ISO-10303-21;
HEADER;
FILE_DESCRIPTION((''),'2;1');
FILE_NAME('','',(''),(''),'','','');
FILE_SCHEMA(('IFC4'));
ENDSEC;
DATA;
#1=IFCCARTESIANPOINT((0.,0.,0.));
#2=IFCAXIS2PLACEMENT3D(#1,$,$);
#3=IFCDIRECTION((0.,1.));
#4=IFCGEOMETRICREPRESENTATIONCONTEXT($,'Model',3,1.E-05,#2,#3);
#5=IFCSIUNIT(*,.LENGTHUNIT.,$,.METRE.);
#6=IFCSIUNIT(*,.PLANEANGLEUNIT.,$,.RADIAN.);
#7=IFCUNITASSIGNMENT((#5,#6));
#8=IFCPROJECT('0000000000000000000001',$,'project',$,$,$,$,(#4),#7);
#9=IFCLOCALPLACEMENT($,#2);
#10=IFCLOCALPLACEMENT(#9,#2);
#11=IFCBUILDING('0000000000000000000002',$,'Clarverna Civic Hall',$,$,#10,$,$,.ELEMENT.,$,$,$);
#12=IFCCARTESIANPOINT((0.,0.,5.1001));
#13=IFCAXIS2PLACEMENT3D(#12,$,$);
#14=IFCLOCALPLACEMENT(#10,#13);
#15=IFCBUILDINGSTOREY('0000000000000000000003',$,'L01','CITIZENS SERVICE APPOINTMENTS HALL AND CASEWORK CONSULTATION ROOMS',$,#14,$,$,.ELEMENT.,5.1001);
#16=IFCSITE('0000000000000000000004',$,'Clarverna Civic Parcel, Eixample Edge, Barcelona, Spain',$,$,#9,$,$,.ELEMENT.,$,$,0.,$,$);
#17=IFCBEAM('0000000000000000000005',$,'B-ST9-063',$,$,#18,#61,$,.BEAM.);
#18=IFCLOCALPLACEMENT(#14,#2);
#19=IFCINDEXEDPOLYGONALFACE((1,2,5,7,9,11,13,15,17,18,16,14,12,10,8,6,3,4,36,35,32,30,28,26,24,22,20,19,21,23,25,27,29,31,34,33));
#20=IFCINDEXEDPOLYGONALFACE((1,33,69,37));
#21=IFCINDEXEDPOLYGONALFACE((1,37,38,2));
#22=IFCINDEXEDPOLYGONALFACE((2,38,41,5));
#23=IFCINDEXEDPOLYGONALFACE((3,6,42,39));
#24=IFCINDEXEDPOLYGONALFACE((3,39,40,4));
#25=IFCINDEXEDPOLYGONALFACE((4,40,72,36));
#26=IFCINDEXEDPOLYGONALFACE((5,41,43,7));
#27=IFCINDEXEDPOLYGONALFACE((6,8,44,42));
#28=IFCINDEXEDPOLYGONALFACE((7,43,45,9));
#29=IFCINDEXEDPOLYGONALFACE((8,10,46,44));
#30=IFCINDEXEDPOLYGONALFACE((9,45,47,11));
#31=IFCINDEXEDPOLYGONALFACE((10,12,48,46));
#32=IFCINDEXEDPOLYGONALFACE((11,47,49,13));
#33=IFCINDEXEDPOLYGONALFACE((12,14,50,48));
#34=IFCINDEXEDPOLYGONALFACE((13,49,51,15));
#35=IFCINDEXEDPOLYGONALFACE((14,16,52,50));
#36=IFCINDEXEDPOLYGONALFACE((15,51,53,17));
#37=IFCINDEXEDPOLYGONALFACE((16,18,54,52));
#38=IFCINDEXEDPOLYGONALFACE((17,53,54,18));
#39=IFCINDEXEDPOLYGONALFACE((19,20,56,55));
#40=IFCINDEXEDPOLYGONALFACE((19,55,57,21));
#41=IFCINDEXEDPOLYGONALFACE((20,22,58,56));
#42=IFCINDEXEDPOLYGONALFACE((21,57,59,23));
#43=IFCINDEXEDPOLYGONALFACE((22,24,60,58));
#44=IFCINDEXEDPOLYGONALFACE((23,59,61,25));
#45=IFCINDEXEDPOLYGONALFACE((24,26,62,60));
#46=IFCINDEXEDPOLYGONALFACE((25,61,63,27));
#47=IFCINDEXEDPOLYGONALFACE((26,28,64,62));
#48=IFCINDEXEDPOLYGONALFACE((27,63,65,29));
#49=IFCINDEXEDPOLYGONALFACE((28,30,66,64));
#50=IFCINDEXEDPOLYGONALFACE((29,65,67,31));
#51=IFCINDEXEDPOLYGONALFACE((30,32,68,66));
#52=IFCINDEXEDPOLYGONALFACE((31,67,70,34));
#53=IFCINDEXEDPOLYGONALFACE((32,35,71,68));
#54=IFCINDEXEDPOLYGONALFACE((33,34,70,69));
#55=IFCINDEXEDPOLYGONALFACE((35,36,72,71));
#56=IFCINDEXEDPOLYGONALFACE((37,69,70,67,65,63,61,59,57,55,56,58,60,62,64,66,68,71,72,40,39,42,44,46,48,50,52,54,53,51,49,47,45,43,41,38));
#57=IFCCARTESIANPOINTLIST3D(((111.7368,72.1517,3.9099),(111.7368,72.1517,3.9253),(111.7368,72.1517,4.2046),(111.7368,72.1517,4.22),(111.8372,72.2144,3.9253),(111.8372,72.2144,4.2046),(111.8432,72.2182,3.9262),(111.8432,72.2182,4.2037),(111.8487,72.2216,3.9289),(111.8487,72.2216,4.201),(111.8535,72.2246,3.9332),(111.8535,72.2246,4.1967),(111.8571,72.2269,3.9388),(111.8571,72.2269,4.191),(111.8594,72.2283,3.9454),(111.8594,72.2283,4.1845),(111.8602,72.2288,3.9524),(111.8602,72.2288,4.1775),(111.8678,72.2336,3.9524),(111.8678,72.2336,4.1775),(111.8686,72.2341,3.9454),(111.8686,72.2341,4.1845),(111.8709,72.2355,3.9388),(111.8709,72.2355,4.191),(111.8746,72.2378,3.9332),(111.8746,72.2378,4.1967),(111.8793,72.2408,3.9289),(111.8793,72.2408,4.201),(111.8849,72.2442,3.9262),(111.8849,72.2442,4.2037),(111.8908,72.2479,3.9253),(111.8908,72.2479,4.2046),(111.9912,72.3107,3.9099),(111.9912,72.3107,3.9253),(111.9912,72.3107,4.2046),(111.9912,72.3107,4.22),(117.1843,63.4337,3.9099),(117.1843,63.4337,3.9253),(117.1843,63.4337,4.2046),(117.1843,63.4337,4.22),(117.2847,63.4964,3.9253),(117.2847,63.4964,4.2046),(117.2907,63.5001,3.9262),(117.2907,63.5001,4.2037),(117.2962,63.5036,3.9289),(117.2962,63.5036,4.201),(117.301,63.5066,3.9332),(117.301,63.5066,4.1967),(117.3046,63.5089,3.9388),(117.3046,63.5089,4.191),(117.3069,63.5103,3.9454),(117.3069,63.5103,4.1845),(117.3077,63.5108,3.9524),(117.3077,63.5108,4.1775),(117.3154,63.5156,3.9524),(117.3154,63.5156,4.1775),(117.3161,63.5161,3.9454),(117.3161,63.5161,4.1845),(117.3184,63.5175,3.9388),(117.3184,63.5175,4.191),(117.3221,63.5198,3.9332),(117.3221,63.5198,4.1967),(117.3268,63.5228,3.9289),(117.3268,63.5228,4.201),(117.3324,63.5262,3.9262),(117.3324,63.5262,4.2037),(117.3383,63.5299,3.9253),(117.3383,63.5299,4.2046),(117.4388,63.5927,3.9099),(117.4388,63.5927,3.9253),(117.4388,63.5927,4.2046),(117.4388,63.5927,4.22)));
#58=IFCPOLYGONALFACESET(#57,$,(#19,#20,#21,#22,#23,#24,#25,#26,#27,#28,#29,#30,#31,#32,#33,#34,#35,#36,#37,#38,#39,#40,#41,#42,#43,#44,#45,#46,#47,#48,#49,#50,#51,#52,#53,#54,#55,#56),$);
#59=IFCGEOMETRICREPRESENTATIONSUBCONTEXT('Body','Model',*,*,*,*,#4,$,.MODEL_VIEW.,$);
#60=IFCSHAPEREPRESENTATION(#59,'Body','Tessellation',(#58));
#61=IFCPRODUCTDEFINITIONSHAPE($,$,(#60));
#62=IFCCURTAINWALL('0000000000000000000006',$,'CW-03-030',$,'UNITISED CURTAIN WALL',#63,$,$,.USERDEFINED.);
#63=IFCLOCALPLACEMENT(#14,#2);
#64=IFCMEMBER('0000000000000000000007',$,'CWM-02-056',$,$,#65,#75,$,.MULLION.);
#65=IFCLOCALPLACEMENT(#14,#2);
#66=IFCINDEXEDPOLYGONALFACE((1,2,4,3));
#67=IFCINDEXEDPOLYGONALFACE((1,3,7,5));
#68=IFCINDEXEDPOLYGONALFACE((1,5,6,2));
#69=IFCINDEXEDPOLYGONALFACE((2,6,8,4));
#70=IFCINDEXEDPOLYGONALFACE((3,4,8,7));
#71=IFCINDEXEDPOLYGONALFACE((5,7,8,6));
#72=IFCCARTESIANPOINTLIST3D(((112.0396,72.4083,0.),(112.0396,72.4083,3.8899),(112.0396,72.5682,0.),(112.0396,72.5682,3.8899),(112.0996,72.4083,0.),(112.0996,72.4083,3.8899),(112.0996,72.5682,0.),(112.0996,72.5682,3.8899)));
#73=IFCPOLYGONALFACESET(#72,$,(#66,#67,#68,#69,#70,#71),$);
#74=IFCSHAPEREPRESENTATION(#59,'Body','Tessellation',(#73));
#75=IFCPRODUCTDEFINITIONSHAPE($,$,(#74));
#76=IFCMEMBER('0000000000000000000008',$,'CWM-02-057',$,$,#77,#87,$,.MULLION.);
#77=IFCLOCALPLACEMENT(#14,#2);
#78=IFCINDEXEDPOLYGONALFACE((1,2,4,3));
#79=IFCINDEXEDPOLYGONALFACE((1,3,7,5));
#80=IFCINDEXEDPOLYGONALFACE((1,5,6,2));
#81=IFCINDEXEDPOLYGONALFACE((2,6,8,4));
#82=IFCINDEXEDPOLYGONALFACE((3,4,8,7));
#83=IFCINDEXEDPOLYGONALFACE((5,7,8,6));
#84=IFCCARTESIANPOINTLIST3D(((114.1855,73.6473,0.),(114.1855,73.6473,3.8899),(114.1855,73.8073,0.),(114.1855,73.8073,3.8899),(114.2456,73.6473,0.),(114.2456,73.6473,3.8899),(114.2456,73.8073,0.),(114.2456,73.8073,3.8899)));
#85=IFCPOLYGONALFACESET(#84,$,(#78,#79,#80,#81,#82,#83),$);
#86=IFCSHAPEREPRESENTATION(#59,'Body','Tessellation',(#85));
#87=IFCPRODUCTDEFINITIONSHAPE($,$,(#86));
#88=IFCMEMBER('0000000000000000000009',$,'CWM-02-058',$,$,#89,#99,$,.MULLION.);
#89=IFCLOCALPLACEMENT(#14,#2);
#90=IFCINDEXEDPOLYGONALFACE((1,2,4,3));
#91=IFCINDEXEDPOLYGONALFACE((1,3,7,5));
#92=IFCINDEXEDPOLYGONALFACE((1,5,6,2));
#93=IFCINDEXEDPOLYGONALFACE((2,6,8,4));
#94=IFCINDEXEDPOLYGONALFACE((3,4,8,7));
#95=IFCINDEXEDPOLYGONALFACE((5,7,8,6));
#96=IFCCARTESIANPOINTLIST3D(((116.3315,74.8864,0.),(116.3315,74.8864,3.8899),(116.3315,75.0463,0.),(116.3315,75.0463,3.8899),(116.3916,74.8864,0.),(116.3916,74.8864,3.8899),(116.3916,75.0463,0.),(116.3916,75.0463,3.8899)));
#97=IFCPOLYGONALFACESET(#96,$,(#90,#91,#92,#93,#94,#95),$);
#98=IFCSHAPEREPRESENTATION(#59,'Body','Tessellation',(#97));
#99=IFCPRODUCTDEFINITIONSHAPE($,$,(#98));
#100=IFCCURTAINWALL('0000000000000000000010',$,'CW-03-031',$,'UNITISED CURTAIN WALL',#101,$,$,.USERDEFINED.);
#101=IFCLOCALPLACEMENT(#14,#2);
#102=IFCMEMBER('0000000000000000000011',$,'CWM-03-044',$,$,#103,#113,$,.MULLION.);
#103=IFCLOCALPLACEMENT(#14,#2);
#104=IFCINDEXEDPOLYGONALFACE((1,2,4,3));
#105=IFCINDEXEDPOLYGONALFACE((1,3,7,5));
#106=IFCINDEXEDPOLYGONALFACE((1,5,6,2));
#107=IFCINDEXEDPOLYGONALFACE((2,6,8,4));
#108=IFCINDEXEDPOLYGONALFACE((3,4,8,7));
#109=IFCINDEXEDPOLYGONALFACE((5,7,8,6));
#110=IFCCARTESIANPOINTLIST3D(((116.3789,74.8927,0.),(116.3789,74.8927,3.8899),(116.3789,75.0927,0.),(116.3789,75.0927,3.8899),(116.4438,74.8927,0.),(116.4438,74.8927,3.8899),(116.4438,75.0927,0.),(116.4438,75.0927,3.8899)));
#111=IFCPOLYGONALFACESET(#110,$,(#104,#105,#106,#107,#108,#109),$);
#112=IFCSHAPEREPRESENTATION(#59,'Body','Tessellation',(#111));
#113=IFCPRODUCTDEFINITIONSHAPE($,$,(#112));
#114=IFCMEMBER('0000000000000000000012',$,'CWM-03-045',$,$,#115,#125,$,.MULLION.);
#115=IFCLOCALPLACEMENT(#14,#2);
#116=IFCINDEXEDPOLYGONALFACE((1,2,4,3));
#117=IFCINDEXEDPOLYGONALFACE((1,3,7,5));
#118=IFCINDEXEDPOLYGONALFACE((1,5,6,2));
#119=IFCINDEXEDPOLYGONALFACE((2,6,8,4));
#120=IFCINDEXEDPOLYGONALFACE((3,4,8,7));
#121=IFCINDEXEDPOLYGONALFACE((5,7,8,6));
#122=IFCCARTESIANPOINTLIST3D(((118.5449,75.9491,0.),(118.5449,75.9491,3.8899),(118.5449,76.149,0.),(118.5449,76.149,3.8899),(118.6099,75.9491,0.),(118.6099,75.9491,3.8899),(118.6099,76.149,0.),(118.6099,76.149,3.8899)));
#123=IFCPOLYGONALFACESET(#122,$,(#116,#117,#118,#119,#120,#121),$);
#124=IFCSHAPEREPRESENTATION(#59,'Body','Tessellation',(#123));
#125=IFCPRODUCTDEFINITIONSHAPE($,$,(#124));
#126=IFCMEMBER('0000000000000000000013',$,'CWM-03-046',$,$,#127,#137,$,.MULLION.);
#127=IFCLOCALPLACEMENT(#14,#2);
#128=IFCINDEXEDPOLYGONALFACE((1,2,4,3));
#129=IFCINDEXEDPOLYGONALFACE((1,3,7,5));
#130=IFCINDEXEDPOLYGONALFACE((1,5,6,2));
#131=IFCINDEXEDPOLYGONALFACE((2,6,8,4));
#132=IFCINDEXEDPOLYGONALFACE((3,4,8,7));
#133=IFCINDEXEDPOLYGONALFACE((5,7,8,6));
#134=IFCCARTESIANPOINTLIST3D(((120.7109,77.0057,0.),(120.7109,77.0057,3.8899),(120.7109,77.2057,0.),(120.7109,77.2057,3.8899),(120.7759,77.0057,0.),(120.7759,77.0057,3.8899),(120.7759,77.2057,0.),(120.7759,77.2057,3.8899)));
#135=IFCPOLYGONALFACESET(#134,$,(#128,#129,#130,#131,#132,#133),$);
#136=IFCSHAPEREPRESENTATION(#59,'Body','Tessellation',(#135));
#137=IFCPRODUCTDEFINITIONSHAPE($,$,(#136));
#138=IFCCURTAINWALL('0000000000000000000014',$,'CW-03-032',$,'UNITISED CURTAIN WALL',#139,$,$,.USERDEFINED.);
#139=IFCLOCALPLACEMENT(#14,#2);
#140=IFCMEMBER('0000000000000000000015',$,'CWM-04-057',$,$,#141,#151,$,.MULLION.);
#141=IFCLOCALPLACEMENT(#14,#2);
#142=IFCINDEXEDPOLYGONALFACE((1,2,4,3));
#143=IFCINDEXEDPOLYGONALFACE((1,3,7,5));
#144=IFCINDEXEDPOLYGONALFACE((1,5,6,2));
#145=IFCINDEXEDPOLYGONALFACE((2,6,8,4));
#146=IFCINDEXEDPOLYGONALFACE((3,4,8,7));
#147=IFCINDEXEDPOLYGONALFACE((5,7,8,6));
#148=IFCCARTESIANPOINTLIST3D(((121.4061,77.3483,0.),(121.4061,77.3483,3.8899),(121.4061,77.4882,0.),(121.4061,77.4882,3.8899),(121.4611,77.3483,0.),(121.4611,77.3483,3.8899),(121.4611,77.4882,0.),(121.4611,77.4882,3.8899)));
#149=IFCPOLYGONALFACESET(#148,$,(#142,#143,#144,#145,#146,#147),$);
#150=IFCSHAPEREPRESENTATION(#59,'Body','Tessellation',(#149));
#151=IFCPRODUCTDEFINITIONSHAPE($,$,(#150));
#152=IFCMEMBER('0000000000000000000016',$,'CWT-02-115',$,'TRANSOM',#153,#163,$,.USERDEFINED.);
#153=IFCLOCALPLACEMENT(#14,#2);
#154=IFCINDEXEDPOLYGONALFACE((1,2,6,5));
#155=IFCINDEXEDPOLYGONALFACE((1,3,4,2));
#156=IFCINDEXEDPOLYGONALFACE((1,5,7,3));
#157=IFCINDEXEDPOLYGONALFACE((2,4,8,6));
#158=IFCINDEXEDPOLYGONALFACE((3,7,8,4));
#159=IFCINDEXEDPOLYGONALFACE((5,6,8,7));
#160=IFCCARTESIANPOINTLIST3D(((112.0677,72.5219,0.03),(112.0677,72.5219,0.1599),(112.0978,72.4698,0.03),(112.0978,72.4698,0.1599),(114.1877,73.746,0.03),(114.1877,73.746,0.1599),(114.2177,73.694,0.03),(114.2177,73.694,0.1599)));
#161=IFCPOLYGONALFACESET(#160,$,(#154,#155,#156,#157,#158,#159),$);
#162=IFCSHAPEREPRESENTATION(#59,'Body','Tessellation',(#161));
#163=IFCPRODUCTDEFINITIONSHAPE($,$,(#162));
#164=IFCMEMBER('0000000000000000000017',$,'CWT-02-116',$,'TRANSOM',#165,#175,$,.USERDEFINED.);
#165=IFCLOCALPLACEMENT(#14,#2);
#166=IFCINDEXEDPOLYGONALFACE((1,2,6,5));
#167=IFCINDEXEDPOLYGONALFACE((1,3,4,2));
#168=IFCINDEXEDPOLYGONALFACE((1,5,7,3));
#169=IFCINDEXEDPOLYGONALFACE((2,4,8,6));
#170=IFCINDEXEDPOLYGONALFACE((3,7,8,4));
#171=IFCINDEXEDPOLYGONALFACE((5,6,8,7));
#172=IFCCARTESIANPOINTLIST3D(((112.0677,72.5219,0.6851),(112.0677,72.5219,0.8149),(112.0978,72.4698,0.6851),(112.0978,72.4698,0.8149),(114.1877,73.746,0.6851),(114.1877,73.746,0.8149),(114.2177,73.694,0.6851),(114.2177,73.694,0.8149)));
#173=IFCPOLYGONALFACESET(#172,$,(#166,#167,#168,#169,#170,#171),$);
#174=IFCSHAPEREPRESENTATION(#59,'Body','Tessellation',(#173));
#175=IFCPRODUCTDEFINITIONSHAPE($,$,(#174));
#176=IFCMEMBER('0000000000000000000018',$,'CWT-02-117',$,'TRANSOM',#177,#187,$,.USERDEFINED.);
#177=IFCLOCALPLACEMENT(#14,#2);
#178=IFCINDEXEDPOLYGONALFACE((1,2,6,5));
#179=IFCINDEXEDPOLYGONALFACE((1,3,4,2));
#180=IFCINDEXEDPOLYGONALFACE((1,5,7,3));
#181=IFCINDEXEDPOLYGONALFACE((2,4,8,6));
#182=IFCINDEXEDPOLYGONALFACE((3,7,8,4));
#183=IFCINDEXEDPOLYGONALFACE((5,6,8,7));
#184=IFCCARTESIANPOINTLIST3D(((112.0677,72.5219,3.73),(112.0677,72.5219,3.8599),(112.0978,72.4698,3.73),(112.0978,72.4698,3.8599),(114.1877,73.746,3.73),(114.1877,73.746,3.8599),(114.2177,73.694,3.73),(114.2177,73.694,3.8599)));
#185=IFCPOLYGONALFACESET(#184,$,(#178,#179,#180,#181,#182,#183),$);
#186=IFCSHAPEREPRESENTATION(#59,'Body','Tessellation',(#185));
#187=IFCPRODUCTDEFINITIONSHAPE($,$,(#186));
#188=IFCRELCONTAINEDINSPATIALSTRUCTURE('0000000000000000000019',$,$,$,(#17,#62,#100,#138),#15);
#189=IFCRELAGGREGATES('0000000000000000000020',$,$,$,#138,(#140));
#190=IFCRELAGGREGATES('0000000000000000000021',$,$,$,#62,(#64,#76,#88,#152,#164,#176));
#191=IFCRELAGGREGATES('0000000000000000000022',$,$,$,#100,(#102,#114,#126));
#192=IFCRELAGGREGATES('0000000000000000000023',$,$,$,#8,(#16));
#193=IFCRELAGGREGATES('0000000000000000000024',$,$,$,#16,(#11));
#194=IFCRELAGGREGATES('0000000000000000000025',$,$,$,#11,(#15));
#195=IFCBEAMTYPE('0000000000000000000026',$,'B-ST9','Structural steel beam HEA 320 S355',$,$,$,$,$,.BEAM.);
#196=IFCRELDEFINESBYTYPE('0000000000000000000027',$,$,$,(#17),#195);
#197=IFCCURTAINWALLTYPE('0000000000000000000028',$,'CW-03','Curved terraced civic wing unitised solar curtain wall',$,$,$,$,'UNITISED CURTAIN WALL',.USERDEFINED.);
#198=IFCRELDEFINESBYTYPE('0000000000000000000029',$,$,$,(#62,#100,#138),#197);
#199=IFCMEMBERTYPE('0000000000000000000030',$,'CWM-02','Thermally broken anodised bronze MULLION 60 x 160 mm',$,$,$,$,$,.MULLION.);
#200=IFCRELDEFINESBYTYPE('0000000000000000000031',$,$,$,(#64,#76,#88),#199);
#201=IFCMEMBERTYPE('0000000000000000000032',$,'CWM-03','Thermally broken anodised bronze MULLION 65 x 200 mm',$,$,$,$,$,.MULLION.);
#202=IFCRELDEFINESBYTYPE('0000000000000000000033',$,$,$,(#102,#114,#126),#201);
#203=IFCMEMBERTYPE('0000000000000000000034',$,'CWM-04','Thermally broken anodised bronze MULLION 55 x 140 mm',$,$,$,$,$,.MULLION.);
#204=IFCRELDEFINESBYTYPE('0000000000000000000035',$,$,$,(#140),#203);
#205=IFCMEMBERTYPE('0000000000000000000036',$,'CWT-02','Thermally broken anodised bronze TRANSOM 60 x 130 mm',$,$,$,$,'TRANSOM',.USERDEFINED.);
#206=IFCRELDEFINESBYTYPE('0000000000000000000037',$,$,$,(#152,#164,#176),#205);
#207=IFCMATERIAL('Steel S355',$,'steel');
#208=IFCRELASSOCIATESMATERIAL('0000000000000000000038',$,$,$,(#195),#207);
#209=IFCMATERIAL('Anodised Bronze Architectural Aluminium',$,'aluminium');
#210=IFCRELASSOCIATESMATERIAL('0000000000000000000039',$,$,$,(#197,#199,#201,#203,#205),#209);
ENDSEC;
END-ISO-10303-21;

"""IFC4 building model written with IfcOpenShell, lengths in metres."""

from ifc_helpers import new_model, si_unit, direction, frame, origin, origin_2d, place, context, subcontext, project, spatial, rectangle, i_section, extrude, material, material_profile, profile_set, type_object, element, aggregate, save


model = new_model("IFC4")

# Units and contexts
model_context = context("Model", 3, precision=1e-05, world=origin(), true_north=direction((0.0, 1.0)))
body_context = subcontext(model_context, "Body", "Model", "MODEL_VIEW")
ifc_project = project(units=[si_unit("LENGTHUNIT", "METRE"), si_unit("PLANEANGLEUNIT", "RADIAN")], contexts=[model_context])

# Site, building, storey
site_placement = place(None, origin())
site = spatial("IfcSite", under=ifc_project, at=site_placement, Name="Clarverna Civic Parcel, Eixample Edge, Barcelona, Spain", CompositionType="ELEMENT", RefElevation=0.0)
building_placement = place(site_placement, origin())
building = spatial("IfcBuilding", under=site, at=building_placement, Name="Clarverna Civic Hall", CompositionType="ELEMENT")
storey_placement = place(building_placement, frame((0.0, 0.0, 5.1001)))
storey = spatial("IfcBuildingStorey", under=building, at=storey_placement, Name="L01", Description="CITIZENS SERVICE APPOINTMENTS HALL AND CASEWORK CONSULTATION ROOMS", CompositionType="ELEMENT", Elevation=5.1001)

# Beam
ifc_material_1 = material(Name="Steel S355", Category="steel")
ifc_material_profile_1 = material_profile(ifc_material_1, i_section(OverallWidth=0.3, OverallDepth=0.3101, WebThickness=0.009, FlangeThickness=0.0154, FilletRadius=0.0271, at=origin_2d()), Name="HEA 320")
ifc_profile_set_1 = profile_set([ifc_material_profile_1], Name="Steel S355")
beam_type_1 = type_object("IfcBeamType", Name="B-ST9", Description="Structural steel beam HEA 320 S355", PredefinedType="BEAM", material=ifc_profile_set_1)
beam_1_placement = place(storey_placement, frame((117.3115, 63.5132, 4.0649), z_axis=(-0.529911, 0.848053, 0.0), x_axis=(-0.848053, -0.529911, 0.0)))
element("IfcBeam", 1, at=beam_1_placement, inside=storey, type_object=beam_type_1, Name="B-ST9-063", PredefinedType="BEAM", context=body_context, shape_type="SweptSolid", body=[
    extrude(i_section(OverallWidth=0.3, OverallDepth=0.3101, WebThickness=0.009, FlangeThickness=0.0154, FilletRadius=0.0271, at=origin_2d()), origin(), (0.0, 0.0, 1.0), 10.28),
])

# Curtain walls, members
ifc_material_2 = material(Name="Anodised Bronze Architectural Aluminium", Category="aluminium")
curtain_wall_type = type_object("IfcCurtainWallType", Name="CW-03", Description="Curved terraced civic wing unitised solar curtain wall", ElementType="UNITISED CURTAIN WALL", PredefinedType="USERDEFINED", material=ifc_material_2)
curtain_wall_1_placement = place(storey_placement, origin())
curtain_wall_1 = element("IfcCurtainWall", 2, at=curtain_wall_1_placement, inside=storey, type_object=curtain_wall_type, Name="CW-03-030", ObjectType="UNITISED CURTAIN WALL", PredefinedType="USERDEFINED")
ifc_material_profile_2 = material_profile(ifc_material_2, rectangle(XDim=0.0601, YDim=0.1599, at=origin_2d()), Name="BRONZE 60x160")
ifc_profile_set_2 = profile_set([ifc_material_profile_2], Name="Anodised Bronze Architectural Aluminium")
member_type_1 = type_object("IfcMemberType", Name="CWM-02", Description="Thermally broken anodised bronze MULLION 60 x 160 mm", PredefinedType="MULLION", material=ifc_profile_set_2)
member_1_placement = place(storey_placement, frame((112.0696, 72.4883, 0.0), z_axis=(0.0, 0.0, 1.0), x_axis=(1.0, 0.0, 0.0)))
member_1 = element("IfcMember", 3, at=member_1_placement, type_object=member_type_1, Name="CWM-02-056", PredefinedType="MULLION", context=body_context, shape_type="SweptSolid", body=[
    extrude(rectangle(XDim=0.0601, YDim=0.1599, at=origin_2d()), origin(), (0.0, 0.0, 1.0), 3.8899),
])
member_2_placement = place(storey_placement, frame((114.2156, 73.7273, 0.0), z_axis=(0.0, 0.0, 1.0), x_axis=(1.0, 0.0, 0.0)))
member_2 = element("IfcMember", 4, at=member_2_placement, type_object=member_type_1, Name="CWM-02-057", PredefinedType="MULLION", context=body_context, shape_type="SweptSolid", body=[
    extrude(rectangle(XDim=0.0601, YDim=0.1599, at=origin_2d()), origin(), (0.0, 0.0, 1.0), 3.8899),
])
member_3_placement = place(storey_placement, frame((116.3616, 74.9663, 0.0), z_axis=(0.0, 0.0, 1.0), x_axis=(1.0, 0.0, 0.0)))
member_3 = element("IfcMember", 5, at=member_3_placement, type_object=member_type_1, Name="CWM-02-058", PredefinedType="MULLION", context=body_context, shape_type="SweptSolid", body=[
    extrude(rectangle(XDim=0.0601, YDim=0.1599, at=origin_2d()), origin(), (0.0, 0.0, 1.0), 3.8899),
])
curtain_wall_2_placement = place(storey_placement, origin())
curtain_wall_2 = element("IfcCurtainWall", 6, at=curtain_wall_2_placement, inside=storey, type_object=curtain_wall_type, Name="CW-03-031", ObjectType="UNITISED CURTAIN WALL", PredefinedType="USERDEFINED")
ifc_material_profile_3 = material_profile(ifc_material_2, rectangle(XDim=0.0649, YDim=0.2, at=origin_2d()), Name="BRONZE 65x200")
ifc_profile_set_3 = profile_set([ifc_material_profile_3], Name="Anodised Bronze Architectural Aluminium")
member_type_2 = type_object("IfcMemberType", Name="CWM-03", Description="Thermally broken anodised bronze MULLION 65 x 200 mm", PredefinedType="MULLION", material=ifc_profile_set_3)
member_4_placement = place(storey_placement, frame((116.4114, 74.9927, 0.0), z_axis=(0.0, 0.0, 1.0), x_axis=(1.0, 0.0, 0.0)))
member_4 = element("IfcMember", 7, at=member_4_placement, type_object=member_type_2, Name="CWM-03-044", PredefinedType="MULLION", context=body_context, shape_type="SweptSolid", body=[
    extrude(rectangle(XDim=0.0649, YDim=0.2, at=origin_2d()), origin(), (0.0, 0.0, 1.0), 3.8899),
])
member_5_placement = place(storey_placement, frame((118.5774, 76.0491, 0.0), z_axis=(0.0, 0.0, 1.0), x_axis=(1.0, 0.0, 0.0)))
member_5 = element("IfcMember", 8, at=member_5_placement, type_object=member_type_2, Name="CWM-03-045", PredefinedType="MULLION", context=body_context, shape_type="SweptSolid", body=[
    extrude(rectangle(XDim=0.0649, YDim=0.2, at=origin_2d()), origin(), (0.0, 0.0, 1.0), 3.8899),
])
member_6_placement = place(storey_placement, frame((120.7434, 77.1057, 0.0), z_axis=(0.0, 0.0, 1.0), x_axis=(1.0, 0.0, 0.0)))
member_6 = element("IfcMember", 9, at=member_6_placement, type_object=member_type_2, Name="CWM-03-046", PredefinedType="MULLION", context=body_context, shape_type="SweptSolid", body=[
    extrude(rectangle(XDim=0.0649, YDim=0.2, at=origin_2d()), origin(), (0.0, 0.0, 1.0), 3.8899),
])

# Curtain wall, member
curtain_wall_3_placement = place(storey_placement, origin())
curtain_wall_3 = element("IfcCurtainWall", 10, at=curtain_wall_3_placement, inside=storey, type_object=curtain_wall_type, Name="CW-03-032", ObjectType="UNITISED CURTAIN WALL", PredefinedType="USERDEFINED")
ifc_material_profile_4 = material_profile(ifc_material_2, rectangle(XDim=0.0549, YDim=0.1399, at=origin_2d()), Name="BRONZE 55x140")
ifc_profile_set_4 = profile_set([ifc_material_profile_4], Name="Anodised Bronze Architectural Aluminium")
member_type_3 = type_object("IfcMemberType", Name="CWM-04", Description="Thermally broken anodised bronze MULLION 55 x 140 mm", PredefinedType="MULLION", material=ifc_profile_set_4)
member_7_placement = place(storey_placement, frame((121.4336, 77.4182, 0.0), z_axis=(0.0, 0.0, 1.0), x_axis=(1.0, 0.0, 0.0)))
member_7 = element("IfcMember", 11, at=member_7_placement, type_object=member_type_3, Name="CWM-04-057", PredefinedType="MULLION", context=body_context, shape_type="SweptSolid", body=[
    extrude(rectangle(XDim=0.0549, YDim=0.1399, at=origin_2d()), origin(), (0.0, 0.0, 1.0), 3.8899),
])
aggregate(curtain_wall_3, [member_7])

# Members
ifc_material_profile_5 = material_profile(ifc_material_2, rectangle(XDim=0.0601, YDim=0.1299, at=origin_2d()), Name="BRONZE 60x130")
ifc_profile_set_5 = profile_set([ifc_material_profile_5], Name="Anodised Bronze Architectural Aluminium")
member_type_4 = type_object("IfcMemberType", Name="CWT-02", Description="Thermally broken anodised bronze TRANSOM 60 x 130 mm", ElementType="TRANSOM", PredefinedType="USERDEFINED", material=ifc_profile_set_5)
member_8_placement = place(storey_placement, frame((112.0828, 72.4958, 0.095), z_axis=(0.865988, 0.500065, 0.0), x_axis=(-0.500065, 0.865988, 0.0)))
member_8 = element("IfcMember", 12, at=member_8_placement, type_object=member_type_4, Name="CWT-02-115", ObjectType="TRANSOM", PredefinedType="USERDEFINED", context=body_context, shape_type="SweptSolid", body=[
    extrude(rectangle(XDim=0.0601, YDim=0.1299, at=origin_2d()), origin(), (0.0, 0.0, 1.0), 2.448),
])
member_9_placement = place(storey_placement, frame((112.0828, 72.4958, 0.75), z_axis=(0.865988, 0.500065, 0.0), x_axis=(-0.500065, 0.865988, 0.0)))
member_9 = element("IfcMember", 13, at=member_9_placement, type_object=member_type_4, Name="CWT-02-116", ObjectType="TRANSOM", PredefinedType="USERDEFINED", context=body_context, shape_type="SweptSolid", body=[
    extrude(rectangle(XDim=0.0601, YDim=0.1299, at=origin_2d()), origin(), (0.0, 0.0, 1.0), 2.448),
])
member_10_placement = place(storey_placement, frame((112.0828, 72.4958, 3.7949), z_axis=(0.865988, 0.500065, 0.0), x_axis=(-0.500065, 0.865988, 0.0)))
member_10 = element("IfcMember", 14, at=member_10_placement, type_object=member_type_4, Name="CWT-02-117", ObjectType="TRANSOM", PredefinedType="USERDEFINED", context=body_context, shape_type="SweptSolid", body=[
    extrude(rectangle(XDim=0.0601, YDim=0.1299, at=origin_2d()), origin(), (0.0, 0.0, 1.0), 2.448),
])

aggregate(curtain_wall_1, [member_1, member_2, member_3, member_8, member_9, member_10])
aggregate(curtain_wall_2, [member_4, member_5, member_6])

save(model, "model.ifc")
